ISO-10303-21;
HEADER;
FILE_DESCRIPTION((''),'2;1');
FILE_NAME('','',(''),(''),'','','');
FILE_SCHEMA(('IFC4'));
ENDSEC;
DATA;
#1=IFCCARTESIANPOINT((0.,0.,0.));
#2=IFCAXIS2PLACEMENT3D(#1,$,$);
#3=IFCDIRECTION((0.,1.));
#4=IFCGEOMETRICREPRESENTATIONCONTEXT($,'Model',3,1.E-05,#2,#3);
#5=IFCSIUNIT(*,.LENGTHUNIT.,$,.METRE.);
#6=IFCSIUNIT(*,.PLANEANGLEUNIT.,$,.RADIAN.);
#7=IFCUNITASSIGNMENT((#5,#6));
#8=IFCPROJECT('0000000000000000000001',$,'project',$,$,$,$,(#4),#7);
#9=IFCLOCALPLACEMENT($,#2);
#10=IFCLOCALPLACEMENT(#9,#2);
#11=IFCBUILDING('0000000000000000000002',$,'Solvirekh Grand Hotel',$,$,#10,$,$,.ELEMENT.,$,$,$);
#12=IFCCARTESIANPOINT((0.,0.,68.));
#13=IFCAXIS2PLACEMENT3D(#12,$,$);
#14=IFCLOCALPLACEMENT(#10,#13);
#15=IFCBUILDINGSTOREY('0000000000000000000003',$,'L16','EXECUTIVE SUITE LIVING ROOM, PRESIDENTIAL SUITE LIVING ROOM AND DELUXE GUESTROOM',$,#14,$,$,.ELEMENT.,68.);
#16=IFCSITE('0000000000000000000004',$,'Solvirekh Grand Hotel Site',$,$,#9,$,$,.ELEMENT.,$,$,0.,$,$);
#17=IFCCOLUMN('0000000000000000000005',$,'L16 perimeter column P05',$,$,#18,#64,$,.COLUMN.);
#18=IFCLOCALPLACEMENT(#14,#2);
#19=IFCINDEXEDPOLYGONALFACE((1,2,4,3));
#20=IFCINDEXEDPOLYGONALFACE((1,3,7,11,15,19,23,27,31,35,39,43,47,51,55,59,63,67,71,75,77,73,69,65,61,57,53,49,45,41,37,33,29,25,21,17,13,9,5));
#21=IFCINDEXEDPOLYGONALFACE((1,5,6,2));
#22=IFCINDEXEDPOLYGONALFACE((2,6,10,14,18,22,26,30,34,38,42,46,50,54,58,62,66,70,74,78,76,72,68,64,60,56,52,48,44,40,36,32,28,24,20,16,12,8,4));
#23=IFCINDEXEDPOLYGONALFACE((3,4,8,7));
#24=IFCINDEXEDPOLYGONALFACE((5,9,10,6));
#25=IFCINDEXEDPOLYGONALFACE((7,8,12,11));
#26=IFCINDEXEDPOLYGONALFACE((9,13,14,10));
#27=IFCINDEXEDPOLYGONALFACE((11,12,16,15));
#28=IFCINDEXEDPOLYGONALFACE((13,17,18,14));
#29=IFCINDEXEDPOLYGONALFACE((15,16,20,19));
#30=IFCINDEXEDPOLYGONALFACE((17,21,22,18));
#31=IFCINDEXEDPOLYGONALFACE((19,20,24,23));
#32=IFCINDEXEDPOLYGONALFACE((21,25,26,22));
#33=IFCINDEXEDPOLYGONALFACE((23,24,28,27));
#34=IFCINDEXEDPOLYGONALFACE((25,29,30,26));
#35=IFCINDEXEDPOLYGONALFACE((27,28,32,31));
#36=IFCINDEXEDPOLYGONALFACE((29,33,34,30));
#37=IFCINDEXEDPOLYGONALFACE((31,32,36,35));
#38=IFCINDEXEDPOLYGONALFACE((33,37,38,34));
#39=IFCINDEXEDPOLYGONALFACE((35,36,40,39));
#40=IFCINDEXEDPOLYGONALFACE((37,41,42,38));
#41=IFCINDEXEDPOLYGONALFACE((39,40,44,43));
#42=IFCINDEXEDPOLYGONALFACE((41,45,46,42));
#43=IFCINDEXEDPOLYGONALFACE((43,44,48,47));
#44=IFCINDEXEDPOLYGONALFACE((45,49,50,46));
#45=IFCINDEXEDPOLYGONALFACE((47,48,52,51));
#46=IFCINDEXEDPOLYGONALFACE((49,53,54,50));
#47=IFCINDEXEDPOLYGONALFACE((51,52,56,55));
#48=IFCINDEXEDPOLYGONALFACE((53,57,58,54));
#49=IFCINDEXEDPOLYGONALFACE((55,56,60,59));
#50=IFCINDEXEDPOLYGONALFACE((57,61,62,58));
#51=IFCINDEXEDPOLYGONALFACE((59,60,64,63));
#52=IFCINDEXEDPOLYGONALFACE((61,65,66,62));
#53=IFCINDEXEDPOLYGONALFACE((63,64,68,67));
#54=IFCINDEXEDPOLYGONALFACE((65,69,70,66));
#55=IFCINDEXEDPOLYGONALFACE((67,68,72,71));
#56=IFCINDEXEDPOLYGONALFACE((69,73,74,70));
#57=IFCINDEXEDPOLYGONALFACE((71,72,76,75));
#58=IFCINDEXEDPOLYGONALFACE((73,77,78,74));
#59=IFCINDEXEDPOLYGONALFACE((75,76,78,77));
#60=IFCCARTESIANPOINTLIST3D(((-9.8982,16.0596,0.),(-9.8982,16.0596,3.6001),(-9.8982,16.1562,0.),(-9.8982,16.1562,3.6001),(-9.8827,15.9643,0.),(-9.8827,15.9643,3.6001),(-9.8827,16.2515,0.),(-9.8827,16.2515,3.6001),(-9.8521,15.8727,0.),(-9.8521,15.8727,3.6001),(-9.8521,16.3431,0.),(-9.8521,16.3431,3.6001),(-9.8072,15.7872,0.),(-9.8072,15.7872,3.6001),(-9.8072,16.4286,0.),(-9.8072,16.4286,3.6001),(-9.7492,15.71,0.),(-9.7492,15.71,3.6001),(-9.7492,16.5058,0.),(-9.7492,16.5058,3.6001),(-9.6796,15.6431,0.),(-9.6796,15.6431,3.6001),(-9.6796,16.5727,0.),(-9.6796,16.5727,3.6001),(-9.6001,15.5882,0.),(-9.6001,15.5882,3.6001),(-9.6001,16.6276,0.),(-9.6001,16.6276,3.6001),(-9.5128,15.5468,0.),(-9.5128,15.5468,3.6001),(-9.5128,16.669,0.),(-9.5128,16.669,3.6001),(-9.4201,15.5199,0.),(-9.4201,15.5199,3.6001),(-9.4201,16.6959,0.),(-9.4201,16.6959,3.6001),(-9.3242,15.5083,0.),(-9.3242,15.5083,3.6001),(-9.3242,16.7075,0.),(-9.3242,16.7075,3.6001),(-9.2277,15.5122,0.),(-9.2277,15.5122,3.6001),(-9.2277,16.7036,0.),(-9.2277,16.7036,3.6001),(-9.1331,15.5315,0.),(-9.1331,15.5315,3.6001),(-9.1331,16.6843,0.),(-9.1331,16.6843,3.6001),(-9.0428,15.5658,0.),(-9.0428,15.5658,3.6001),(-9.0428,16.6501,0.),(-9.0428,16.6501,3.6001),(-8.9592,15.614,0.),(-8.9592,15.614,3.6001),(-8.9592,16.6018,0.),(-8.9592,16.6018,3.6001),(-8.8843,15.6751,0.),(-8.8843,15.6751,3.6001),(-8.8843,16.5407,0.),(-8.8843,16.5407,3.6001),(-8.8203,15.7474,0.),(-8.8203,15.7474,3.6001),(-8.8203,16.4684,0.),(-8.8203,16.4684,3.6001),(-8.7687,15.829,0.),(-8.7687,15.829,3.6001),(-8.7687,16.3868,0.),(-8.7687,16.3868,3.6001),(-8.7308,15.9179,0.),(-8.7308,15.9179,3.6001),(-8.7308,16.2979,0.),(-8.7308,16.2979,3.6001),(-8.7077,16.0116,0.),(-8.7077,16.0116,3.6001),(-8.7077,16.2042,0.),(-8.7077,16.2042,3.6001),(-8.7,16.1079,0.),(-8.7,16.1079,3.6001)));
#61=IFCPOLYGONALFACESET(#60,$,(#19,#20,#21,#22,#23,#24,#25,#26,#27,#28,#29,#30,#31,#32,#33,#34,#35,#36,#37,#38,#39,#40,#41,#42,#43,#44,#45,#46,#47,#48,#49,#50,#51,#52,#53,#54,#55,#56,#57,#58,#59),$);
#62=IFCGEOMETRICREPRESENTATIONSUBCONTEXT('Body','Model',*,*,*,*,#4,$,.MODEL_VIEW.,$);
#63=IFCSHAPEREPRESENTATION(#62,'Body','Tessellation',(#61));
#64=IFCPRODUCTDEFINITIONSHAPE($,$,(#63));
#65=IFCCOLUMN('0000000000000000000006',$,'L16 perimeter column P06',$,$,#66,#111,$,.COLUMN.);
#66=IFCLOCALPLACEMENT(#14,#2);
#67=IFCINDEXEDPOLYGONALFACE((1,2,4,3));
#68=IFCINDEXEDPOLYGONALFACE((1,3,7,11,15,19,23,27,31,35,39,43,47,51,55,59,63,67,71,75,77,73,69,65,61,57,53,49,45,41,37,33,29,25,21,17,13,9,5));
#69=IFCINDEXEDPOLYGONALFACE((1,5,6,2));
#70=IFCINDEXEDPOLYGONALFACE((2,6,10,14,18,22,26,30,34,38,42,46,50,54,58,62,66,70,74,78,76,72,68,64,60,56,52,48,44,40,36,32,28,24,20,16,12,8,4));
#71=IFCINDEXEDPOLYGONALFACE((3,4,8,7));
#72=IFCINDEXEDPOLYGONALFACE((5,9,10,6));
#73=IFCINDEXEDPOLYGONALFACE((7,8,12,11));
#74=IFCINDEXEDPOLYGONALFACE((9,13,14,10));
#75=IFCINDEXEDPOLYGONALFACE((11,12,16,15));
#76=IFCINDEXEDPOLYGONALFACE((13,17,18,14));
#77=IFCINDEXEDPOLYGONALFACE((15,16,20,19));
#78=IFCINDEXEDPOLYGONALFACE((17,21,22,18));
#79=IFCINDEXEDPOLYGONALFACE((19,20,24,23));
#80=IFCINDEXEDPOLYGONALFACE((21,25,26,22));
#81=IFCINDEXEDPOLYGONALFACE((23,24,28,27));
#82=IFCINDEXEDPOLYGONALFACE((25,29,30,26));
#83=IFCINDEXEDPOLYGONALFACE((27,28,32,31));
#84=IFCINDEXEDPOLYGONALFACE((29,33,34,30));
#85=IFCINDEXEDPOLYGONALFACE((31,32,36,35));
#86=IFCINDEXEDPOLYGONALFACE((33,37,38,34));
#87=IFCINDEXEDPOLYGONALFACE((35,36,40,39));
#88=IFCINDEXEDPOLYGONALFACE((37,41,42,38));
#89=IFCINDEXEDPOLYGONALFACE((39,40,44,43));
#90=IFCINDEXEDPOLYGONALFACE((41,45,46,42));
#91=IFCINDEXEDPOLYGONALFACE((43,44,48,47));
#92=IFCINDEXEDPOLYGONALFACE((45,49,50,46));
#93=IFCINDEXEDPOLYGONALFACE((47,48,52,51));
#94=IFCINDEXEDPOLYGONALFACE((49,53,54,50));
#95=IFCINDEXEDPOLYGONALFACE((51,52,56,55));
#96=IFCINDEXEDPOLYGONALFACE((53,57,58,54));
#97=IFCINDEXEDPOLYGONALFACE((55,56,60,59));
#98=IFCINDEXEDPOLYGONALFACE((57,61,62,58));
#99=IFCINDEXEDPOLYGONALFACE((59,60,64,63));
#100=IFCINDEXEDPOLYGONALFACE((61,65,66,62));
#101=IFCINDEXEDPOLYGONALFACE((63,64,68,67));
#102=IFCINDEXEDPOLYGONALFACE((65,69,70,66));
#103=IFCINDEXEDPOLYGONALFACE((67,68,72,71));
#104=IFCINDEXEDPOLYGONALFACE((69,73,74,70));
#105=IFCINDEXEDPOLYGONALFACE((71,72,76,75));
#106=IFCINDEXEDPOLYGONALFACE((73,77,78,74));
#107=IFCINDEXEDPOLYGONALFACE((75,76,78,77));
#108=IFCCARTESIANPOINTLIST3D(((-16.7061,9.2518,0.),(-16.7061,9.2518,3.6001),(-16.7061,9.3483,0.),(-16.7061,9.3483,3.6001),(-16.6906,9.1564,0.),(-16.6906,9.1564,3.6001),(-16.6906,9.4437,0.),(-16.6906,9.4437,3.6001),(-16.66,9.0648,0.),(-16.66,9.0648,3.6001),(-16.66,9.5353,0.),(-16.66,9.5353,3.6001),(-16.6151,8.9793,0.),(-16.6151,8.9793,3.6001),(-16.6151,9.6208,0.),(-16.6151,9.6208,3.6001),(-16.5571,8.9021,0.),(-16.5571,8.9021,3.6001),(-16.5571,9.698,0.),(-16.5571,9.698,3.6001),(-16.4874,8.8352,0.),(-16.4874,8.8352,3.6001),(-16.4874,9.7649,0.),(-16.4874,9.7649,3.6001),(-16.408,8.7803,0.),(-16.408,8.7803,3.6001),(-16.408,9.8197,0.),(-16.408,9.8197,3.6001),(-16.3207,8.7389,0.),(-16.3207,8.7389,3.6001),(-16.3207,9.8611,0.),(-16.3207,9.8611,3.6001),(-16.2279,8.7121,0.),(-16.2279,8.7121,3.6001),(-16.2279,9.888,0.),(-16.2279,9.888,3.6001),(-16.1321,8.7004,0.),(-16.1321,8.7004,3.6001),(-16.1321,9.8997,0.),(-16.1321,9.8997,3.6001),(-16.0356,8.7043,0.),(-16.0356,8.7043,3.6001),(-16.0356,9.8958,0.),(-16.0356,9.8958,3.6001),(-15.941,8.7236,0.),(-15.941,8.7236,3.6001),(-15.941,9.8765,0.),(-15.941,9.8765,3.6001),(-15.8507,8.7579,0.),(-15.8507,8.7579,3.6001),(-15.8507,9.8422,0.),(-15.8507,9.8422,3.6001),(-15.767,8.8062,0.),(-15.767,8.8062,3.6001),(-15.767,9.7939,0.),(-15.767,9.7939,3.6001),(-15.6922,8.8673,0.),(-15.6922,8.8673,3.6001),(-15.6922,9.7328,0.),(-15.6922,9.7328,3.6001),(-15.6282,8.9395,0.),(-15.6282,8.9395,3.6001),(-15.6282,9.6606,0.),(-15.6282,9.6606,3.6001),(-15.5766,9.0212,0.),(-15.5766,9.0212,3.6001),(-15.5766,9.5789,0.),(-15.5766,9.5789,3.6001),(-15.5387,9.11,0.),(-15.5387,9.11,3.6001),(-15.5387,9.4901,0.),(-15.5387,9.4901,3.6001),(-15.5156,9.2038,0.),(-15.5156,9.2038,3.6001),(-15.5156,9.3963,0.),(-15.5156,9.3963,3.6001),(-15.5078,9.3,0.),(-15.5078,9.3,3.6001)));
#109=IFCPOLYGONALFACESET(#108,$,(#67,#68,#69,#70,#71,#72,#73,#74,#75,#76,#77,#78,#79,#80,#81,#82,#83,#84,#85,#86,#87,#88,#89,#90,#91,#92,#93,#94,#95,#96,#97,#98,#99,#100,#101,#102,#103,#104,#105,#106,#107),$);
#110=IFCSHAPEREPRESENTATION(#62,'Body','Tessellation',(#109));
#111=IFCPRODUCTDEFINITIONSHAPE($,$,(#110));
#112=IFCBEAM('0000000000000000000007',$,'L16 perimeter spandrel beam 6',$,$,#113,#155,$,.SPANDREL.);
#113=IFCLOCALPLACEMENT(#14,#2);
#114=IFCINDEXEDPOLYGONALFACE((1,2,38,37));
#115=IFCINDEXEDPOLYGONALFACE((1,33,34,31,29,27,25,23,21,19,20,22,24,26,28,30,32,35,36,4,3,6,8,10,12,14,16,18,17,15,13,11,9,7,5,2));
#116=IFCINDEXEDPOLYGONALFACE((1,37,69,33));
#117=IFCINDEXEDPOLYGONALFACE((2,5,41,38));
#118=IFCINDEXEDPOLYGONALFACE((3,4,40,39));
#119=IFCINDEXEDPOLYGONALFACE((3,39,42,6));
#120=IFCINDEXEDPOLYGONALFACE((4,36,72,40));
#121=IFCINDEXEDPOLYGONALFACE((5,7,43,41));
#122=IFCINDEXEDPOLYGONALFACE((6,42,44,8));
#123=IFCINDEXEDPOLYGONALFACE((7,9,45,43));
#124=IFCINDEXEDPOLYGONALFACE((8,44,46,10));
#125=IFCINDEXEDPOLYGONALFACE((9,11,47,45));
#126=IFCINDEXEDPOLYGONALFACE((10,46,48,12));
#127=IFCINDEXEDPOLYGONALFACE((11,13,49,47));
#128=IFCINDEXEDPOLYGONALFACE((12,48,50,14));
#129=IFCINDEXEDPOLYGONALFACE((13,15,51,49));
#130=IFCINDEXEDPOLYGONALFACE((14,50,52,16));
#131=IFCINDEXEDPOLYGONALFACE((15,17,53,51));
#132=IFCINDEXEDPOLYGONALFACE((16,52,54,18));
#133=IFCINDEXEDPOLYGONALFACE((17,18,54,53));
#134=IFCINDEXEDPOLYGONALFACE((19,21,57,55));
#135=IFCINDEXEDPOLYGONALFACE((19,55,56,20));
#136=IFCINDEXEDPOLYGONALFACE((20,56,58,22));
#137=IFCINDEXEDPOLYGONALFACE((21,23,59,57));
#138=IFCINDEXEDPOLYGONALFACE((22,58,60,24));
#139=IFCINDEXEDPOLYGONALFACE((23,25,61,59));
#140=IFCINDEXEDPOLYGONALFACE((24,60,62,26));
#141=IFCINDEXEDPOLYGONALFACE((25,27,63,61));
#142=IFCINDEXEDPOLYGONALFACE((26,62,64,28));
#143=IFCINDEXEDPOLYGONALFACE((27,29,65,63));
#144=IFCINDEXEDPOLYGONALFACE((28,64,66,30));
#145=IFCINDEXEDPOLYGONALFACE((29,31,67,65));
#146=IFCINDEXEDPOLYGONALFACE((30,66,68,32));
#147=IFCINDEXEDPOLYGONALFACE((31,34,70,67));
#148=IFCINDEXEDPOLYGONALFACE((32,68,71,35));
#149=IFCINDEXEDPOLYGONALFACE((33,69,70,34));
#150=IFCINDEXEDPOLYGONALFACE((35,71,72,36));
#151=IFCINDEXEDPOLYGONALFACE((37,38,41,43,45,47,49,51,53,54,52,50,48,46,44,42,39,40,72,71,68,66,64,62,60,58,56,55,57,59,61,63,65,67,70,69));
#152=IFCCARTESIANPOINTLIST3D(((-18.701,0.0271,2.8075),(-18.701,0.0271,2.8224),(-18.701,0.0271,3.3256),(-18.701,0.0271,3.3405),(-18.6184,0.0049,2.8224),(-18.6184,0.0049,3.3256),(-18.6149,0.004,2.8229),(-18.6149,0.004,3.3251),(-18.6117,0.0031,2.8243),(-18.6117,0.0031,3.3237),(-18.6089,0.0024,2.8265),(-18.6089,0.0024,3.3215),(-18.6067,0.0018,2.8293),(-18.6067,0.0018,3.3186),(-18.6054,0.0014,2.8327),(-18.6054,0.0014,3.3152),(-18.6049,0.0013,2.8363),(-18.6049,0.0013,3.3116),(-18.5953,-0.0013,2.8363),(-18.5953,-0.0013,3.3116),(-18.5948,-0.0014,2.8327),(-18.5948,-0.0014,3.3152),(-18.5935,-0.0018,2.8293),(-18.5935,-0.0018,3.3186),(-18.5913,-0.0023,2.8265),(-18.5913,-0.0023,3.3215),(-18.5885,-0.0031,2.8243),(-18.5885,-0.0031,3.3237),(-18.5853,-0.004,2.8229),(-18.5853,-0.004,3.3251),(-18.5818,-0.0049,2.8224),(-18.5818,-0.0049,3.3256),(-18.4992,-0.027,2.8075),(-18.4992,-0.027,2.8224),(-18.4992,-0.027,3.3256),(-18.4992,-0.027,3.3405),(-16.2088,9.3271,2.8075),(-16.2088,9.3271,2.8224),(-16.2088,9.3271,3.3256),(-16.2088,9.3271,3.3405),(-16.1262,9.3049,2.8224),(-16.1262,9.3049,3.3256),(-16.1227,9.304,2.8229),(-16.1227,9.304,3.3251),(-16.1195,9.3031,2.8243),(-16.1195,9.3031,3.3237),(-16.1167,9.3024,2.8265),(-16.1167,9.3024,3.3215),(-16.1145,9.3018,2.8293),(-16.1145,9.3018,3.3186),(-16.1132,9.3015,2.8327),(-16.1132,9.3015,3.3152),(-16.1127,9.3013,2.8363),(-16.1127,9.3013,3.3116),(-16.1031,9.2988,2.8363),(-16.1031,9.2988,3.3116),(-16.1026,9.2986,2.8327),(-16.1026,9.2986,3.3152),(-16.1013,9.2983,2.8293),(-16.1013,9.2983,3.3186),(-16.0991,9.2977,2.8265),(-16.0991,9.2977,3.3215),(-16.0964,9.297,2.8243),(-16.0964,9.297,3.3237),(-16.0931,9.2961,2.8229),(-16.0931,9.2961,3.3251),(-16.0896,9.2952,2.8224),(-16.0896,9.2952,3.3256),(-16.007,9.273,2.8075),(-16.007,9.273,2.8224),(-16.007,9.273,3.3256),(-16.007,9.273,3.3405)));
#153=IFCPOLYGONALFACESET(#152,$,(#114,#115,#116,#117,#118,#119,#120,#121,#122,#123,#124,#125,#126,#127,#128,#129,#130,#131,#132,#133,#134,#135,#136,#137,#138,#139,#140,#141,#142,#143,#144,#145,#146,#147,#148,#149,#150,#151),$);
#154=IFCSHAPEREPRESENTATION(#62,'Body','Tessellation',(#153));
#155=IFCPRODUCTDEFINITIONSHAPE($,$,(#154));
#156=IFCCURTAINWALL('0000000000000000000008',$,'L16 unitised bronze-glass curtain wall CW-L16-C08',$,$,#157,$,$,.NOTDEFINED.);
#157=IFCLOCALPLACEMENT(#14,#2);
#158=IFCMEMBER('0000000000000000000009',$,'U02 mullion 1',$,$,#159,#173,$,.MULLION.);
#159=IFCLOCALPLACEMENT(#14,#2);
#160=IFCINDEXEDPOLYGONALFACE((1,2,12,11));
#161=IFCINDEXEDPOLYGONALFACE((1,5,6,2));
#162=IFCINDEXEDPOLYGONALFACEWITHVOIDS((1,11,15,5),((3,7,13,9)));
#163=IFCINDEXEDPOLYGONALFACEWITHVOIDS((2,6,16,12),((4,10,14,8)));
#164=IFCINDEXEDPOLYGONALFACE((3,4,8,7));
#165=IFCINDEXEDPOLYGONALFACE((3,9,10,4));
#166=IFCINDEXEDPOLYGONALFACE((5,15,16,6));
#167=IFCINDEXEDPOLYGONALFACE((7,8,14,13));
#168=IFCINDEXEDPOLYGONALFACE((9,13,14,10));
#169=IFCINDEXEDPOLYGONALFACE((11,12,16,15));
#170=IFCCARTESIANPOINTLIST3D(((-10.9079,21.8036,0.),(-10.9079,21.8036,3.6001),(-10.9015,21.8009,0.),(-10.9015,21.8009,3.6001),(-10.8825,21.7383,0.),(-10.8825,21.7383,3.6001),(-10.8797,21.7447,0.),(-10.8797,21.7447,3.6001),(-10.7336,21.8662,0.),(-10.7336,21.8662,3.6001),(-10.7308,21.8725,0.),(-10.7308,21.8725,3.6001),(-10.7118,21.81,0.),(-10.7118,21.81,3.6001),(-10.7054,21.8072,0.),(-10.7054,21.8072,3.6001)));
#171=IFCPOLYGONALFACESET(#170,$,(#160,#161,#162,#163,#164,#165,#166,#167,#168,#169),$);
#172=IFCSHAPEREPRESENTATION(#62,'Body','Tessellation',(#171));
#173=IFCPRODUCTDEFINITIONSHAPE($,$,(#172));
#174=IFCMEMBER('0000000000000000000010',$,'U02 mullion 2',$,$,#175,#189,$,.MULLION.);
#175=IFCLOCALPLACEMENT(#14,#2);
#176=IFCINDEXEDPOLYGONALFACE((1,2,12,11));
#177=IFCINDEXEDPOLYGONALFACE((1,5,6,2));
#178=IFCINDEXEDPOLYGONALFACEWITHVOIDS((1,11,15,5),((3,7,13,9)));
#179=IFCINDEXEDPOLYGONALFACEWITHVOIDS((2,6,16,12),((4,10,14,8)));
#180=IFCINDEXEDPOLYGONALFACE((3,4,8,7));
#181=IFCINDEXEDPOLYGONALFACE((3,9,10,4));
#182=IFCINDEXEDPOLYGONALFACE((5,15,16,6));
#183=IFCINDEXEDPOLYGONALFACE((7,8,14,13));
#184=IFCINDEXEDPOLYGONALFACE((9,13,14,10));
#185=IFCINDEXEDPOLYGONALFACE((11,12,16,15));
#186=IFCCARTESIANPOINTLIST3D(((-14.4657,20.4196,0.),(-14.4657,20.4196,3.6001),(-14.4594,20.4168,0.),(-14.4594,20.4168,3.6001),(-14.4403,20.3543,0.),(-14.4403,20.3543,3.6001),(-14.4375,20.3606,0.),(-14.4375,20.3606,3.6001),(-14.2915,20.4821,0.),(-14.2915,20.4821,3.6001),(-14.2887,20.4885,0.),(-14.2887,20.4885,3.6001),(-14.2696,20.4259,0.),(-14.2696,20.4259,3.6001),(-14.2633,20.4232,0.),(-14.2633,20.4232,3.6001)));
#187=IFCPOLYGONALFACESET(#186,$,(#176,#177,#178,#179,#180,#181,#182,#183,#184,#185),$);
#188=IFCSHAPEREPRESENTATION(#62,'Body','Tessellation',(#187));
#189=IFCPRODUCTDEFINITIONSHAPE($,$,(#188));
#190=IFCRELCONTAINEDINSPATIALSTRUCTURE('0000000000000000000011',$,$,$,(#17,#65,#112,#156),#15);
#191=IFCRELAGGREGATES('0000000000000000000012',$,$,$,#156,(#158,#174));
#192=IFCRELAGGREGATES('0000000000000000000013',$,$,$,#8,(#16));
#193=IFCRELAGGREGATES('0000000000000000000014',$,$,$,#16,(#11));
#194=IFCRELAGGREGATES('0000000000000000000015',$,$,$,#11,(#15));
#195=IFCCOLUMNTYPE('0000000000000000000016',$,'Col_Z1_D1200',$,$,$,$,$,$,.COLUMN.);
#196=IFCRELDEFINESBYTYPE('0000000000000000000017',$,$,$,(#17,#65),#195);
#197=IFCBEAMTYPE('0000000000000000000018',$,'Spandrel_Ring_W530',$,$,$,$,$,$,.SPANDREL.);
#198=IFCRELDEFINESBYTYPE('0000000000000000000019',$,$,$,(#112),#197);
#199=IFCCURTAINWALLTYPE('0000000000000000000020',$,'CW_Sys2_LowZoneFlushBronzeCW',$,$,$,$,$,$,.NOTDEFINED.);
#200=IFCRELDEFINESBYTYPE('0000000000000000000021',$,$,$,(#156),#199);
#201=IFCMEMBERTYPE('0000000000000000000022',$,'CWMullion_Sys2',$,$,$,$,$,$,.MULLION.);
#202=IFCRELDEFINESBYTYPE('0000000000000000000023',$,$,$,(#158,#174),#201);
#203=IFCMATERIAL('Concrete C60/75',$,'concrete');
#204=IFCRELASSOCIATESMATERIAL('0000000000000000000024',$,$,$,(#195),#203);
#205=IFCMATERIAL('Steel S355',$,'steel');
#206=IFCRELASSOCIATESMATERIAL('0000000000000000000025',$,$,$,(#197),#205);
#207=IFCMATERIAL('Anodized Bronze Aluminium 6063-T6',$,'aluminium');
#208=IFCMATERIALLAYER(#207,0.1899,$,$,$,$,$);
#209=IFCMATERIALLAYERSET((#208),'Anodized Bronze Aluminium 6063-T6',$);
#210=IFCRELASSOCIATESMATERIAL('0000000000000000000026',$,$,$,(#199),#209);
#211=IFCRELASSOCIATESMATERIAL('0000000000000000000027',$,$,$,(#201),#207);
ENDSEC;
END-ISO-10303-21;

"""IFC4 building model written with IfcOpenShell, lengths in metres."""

from ifc_helpers import new_model, si_unit, direction, frame, origin, origin_2d, place, context, subcontext, project, spatial, hollow_rectangle, circle, i_section, extrude, source, transform, mapped, material, layer, layer_set, material_profile, profile_set, type_object, element, aggregate, save


model = new_model("IFC4")

# Units and contexts
model_context = context("Model", 3, precision=1e-05, world=origin(), true_north=direction((0.0, 1.0)))
body_context = subcontext(model_context, "Body", "Model", "MODEL_VIEW")
ifc_project = project(units=[si_unit("LENGTHUNIT", "METRE"), si_unit("PLANEANGLEUNIT", "RADIAN")], contexts=[model_context])

# Site, building, storey
site_placement = place(None, origin())
site = spatial("IfcSite", under=ifc_project, at=site_placement, Name="Solvirekh Grand Hotel Site", CompositionType="ELEMENT", RefElevation=0.0)
building_placement = place(site_placement, origin())
building = spatial("IfcBuilding", under=site, at=building_placement, Name="Solvirekh Grand Hotel", CompositionType="ELEMENT")
storey_placement = place(building_placement, frame((0.0, 0.0, 68.0)))
storey = spatial("IfcBuildingStorey", under=building, at=storey_placement, Name="L16", Description="EXECUTIVE SUITE LIVING ROOM, PRESIDENTIAL SUITE LIVING ROOM AND DELUXE GUESTROOM", CompositionType="ELEMENT", Elevation=68.0)

# Columns
ifc_material_1 = material(Name="Concrete C60/75", Category="concrete")
ifc_material_profile_1 = material_profile(ifc_material_1, circle(Radius=0.6001, at=origin_2d()), Name="RC CIRC D1200")
ifc_profile_set_1 = profile_set([ifc_material_profile_1], Name="Concrete C60/75")
column_type = type_object("IfcColumnType", Name="Col_Z1_D1200", PredefinedType="COLUMN", material=ifc_profile_set_1)
for number, where, z_axis, x_axis, name in (
    (1, (-9.3, 16.1079, 0.0), (0.0, 0.0, 1.0), (1.0, 0.0, 0.0), "L16 perimeter column P05"),
    (2, (-16.1079, 9.3, 0.0), (0.0, 0.0, 1.0), (1.0, 0.0, 0.0), "L16 perimeter column P06"),
):
    element("IfcColumn", number, at=place(storey_placement, frame(where, z_axis=z_axis, x_axis=x_axis)), inside=storey, type_object=column_type, Name=name, PredefinedType="COLUMN", context=body_context, shape_type="SweptSolid", body=[
        extrude(circle(Radius=0.6001, at=origin_2d()), origin(), (0.0, 0.0, 1.0), 3.6001),
    ])

# Beam
ifc_material_2 = material(Name="Steel S355", Category="steel")
ifc_material_profile_2 = material_profile(ifc_material_2, i_section(OverallWidth=0.209, OverallDepth=0.533, WebThickness=0.01, FlangeThickness=0.0149, FilletRadius=0.0139, at=origin_2d()), Name="W530X92")
ifc_profile_set_2 = profile_set([ifc_material_profile_2], Name="Steel S355")
beam_type = type_object("IfcBeamType", Name="Spandrel_Ring_W530", PredefinedType="SPANDREL", material=ifc_profile_set_2)
beam_placement = place(storey_placement, frame((-16.1079, 9.3, 3.074), z_axis=(-0.258843, -0.965919, 0.0), x_axis=(0.965919, -0.258843, 0.0)))
element("IfcBeam", 3, at=beam_placement, inside=storey, type_object=beam_type, Name="L16 perimeter spandrel beam 6", PredefinedType="SPANDREL", context=body_context, shape_type="SweptSolid", body=[
    extrude(i_section(OverallWidth=0.209, OverallDepth=0.533, WebThickness=0.01, FlangeThickness=0.0149, FilletRadius=0.0139, at=origin_2d()), origin(), (0.0, 0.0, 1.0), 9.6282),
])

# Curtain wall, members
ifc_material_3 = material(Name="Anodized Bronze Aluminium 6063-T6", Category="aluminium")
ifc_layer_1 = layer(ifc_material_3, 0.1899)
ifc_layer_set_1 = layer_set([ifc_layer_1], Name="Anodized Bronze Aluminium 6063-T6")
curtain_wall_type = type_object("IfcCurtainWallType", Name="CW_Sys2_LowZoneFlushBronzeCW", PredefinedType="NOTDEFINED", material=ifc_layer_set_1)
curtain_wall_placement = place(storey_placement, origin())
curtain_wall = element("IfcCurtainWall", 4, at=curtain_wall_placement, inside=storey, type_object=curtain_wall_type, Name="L16 unitised bronze-glass curtain wall CW-L16-C08", PredefinedType="NOTDEFINED")
ifc_material_profile_3 = material_profile(ifc_material_3, hollow_rectangle(XDim=0.0701, YDim=0.1899, WallThickness=0.0049, at=origin_2d()), Name="ALU RHS 190X70X5")
ifc_profile_set_3 = profile_set([ifc_material_profile_3], Name="Anodized Bronze Aluminium 6063-T6")
member_type_1 = type_object("IfcMemberType", Name="CWMullion_Sys2", PredefinedType="MULLION", material=ifc_profile_set_3)
shared_shape_1 = source(origin(), body_context, "Body", "SweptSolid", [
    extrude(hollow_rectangle(XDim=0.0701, YDim=0.1899, WallThickness=0.0049, at=origin_2d()), origin(), (0.0, 0.0, 1.0), 3.6001),
])
member_1_placement = place(storey_placement, frame((-10.8066, 21.8054, 0.0), z_axis=(0.0, 0.0, 1.0), x_axis=(0.36249, -0.931988, 0.0)))
member_1 = element("IfcMember", 5, at=member_1_placement, type_object=member_type_1, Name="U02 mullion 1", PredefinedType="MULLION", context=body_context, shape_type="MappedRepresentation", body=[
    mapped(shared_shape_1, transform((0.0, 0.0, 0.0), x_axis=(1.0, 0.0, 0.0), y_axis=(0.0, 1.0, 0.0), z_axis=(0.0, 0.0, 1.0), scale=1.0)),
])
member_2_placement = place(storey_placement, frame((-14.3645, 20.4214, 0.0), z_axis=(0.0, 0.0, 1.0), x_axis=(0.36249, -0.931988, 0.0)))
member_2 = element("IfcMember", 6, at=member_2_placement, type_object=member_type_1, Name="U02 mullion 2", PredefinedType="MULLION", context=body_context, shape_type="MappedRepresentation", body=[
    mapped(shared_shape_1, transform((0.0, 0.0, 0.0), x_axis=(1.0, 0.0, 0.0), y_axis=(0.0, 1.0, 0.0), z_axis=(0.0, 0.0, 1.0), scale=1.0)),
])
aggregate(curtain_wall, [member_1, member_2])

save(model, "model.ifc")
